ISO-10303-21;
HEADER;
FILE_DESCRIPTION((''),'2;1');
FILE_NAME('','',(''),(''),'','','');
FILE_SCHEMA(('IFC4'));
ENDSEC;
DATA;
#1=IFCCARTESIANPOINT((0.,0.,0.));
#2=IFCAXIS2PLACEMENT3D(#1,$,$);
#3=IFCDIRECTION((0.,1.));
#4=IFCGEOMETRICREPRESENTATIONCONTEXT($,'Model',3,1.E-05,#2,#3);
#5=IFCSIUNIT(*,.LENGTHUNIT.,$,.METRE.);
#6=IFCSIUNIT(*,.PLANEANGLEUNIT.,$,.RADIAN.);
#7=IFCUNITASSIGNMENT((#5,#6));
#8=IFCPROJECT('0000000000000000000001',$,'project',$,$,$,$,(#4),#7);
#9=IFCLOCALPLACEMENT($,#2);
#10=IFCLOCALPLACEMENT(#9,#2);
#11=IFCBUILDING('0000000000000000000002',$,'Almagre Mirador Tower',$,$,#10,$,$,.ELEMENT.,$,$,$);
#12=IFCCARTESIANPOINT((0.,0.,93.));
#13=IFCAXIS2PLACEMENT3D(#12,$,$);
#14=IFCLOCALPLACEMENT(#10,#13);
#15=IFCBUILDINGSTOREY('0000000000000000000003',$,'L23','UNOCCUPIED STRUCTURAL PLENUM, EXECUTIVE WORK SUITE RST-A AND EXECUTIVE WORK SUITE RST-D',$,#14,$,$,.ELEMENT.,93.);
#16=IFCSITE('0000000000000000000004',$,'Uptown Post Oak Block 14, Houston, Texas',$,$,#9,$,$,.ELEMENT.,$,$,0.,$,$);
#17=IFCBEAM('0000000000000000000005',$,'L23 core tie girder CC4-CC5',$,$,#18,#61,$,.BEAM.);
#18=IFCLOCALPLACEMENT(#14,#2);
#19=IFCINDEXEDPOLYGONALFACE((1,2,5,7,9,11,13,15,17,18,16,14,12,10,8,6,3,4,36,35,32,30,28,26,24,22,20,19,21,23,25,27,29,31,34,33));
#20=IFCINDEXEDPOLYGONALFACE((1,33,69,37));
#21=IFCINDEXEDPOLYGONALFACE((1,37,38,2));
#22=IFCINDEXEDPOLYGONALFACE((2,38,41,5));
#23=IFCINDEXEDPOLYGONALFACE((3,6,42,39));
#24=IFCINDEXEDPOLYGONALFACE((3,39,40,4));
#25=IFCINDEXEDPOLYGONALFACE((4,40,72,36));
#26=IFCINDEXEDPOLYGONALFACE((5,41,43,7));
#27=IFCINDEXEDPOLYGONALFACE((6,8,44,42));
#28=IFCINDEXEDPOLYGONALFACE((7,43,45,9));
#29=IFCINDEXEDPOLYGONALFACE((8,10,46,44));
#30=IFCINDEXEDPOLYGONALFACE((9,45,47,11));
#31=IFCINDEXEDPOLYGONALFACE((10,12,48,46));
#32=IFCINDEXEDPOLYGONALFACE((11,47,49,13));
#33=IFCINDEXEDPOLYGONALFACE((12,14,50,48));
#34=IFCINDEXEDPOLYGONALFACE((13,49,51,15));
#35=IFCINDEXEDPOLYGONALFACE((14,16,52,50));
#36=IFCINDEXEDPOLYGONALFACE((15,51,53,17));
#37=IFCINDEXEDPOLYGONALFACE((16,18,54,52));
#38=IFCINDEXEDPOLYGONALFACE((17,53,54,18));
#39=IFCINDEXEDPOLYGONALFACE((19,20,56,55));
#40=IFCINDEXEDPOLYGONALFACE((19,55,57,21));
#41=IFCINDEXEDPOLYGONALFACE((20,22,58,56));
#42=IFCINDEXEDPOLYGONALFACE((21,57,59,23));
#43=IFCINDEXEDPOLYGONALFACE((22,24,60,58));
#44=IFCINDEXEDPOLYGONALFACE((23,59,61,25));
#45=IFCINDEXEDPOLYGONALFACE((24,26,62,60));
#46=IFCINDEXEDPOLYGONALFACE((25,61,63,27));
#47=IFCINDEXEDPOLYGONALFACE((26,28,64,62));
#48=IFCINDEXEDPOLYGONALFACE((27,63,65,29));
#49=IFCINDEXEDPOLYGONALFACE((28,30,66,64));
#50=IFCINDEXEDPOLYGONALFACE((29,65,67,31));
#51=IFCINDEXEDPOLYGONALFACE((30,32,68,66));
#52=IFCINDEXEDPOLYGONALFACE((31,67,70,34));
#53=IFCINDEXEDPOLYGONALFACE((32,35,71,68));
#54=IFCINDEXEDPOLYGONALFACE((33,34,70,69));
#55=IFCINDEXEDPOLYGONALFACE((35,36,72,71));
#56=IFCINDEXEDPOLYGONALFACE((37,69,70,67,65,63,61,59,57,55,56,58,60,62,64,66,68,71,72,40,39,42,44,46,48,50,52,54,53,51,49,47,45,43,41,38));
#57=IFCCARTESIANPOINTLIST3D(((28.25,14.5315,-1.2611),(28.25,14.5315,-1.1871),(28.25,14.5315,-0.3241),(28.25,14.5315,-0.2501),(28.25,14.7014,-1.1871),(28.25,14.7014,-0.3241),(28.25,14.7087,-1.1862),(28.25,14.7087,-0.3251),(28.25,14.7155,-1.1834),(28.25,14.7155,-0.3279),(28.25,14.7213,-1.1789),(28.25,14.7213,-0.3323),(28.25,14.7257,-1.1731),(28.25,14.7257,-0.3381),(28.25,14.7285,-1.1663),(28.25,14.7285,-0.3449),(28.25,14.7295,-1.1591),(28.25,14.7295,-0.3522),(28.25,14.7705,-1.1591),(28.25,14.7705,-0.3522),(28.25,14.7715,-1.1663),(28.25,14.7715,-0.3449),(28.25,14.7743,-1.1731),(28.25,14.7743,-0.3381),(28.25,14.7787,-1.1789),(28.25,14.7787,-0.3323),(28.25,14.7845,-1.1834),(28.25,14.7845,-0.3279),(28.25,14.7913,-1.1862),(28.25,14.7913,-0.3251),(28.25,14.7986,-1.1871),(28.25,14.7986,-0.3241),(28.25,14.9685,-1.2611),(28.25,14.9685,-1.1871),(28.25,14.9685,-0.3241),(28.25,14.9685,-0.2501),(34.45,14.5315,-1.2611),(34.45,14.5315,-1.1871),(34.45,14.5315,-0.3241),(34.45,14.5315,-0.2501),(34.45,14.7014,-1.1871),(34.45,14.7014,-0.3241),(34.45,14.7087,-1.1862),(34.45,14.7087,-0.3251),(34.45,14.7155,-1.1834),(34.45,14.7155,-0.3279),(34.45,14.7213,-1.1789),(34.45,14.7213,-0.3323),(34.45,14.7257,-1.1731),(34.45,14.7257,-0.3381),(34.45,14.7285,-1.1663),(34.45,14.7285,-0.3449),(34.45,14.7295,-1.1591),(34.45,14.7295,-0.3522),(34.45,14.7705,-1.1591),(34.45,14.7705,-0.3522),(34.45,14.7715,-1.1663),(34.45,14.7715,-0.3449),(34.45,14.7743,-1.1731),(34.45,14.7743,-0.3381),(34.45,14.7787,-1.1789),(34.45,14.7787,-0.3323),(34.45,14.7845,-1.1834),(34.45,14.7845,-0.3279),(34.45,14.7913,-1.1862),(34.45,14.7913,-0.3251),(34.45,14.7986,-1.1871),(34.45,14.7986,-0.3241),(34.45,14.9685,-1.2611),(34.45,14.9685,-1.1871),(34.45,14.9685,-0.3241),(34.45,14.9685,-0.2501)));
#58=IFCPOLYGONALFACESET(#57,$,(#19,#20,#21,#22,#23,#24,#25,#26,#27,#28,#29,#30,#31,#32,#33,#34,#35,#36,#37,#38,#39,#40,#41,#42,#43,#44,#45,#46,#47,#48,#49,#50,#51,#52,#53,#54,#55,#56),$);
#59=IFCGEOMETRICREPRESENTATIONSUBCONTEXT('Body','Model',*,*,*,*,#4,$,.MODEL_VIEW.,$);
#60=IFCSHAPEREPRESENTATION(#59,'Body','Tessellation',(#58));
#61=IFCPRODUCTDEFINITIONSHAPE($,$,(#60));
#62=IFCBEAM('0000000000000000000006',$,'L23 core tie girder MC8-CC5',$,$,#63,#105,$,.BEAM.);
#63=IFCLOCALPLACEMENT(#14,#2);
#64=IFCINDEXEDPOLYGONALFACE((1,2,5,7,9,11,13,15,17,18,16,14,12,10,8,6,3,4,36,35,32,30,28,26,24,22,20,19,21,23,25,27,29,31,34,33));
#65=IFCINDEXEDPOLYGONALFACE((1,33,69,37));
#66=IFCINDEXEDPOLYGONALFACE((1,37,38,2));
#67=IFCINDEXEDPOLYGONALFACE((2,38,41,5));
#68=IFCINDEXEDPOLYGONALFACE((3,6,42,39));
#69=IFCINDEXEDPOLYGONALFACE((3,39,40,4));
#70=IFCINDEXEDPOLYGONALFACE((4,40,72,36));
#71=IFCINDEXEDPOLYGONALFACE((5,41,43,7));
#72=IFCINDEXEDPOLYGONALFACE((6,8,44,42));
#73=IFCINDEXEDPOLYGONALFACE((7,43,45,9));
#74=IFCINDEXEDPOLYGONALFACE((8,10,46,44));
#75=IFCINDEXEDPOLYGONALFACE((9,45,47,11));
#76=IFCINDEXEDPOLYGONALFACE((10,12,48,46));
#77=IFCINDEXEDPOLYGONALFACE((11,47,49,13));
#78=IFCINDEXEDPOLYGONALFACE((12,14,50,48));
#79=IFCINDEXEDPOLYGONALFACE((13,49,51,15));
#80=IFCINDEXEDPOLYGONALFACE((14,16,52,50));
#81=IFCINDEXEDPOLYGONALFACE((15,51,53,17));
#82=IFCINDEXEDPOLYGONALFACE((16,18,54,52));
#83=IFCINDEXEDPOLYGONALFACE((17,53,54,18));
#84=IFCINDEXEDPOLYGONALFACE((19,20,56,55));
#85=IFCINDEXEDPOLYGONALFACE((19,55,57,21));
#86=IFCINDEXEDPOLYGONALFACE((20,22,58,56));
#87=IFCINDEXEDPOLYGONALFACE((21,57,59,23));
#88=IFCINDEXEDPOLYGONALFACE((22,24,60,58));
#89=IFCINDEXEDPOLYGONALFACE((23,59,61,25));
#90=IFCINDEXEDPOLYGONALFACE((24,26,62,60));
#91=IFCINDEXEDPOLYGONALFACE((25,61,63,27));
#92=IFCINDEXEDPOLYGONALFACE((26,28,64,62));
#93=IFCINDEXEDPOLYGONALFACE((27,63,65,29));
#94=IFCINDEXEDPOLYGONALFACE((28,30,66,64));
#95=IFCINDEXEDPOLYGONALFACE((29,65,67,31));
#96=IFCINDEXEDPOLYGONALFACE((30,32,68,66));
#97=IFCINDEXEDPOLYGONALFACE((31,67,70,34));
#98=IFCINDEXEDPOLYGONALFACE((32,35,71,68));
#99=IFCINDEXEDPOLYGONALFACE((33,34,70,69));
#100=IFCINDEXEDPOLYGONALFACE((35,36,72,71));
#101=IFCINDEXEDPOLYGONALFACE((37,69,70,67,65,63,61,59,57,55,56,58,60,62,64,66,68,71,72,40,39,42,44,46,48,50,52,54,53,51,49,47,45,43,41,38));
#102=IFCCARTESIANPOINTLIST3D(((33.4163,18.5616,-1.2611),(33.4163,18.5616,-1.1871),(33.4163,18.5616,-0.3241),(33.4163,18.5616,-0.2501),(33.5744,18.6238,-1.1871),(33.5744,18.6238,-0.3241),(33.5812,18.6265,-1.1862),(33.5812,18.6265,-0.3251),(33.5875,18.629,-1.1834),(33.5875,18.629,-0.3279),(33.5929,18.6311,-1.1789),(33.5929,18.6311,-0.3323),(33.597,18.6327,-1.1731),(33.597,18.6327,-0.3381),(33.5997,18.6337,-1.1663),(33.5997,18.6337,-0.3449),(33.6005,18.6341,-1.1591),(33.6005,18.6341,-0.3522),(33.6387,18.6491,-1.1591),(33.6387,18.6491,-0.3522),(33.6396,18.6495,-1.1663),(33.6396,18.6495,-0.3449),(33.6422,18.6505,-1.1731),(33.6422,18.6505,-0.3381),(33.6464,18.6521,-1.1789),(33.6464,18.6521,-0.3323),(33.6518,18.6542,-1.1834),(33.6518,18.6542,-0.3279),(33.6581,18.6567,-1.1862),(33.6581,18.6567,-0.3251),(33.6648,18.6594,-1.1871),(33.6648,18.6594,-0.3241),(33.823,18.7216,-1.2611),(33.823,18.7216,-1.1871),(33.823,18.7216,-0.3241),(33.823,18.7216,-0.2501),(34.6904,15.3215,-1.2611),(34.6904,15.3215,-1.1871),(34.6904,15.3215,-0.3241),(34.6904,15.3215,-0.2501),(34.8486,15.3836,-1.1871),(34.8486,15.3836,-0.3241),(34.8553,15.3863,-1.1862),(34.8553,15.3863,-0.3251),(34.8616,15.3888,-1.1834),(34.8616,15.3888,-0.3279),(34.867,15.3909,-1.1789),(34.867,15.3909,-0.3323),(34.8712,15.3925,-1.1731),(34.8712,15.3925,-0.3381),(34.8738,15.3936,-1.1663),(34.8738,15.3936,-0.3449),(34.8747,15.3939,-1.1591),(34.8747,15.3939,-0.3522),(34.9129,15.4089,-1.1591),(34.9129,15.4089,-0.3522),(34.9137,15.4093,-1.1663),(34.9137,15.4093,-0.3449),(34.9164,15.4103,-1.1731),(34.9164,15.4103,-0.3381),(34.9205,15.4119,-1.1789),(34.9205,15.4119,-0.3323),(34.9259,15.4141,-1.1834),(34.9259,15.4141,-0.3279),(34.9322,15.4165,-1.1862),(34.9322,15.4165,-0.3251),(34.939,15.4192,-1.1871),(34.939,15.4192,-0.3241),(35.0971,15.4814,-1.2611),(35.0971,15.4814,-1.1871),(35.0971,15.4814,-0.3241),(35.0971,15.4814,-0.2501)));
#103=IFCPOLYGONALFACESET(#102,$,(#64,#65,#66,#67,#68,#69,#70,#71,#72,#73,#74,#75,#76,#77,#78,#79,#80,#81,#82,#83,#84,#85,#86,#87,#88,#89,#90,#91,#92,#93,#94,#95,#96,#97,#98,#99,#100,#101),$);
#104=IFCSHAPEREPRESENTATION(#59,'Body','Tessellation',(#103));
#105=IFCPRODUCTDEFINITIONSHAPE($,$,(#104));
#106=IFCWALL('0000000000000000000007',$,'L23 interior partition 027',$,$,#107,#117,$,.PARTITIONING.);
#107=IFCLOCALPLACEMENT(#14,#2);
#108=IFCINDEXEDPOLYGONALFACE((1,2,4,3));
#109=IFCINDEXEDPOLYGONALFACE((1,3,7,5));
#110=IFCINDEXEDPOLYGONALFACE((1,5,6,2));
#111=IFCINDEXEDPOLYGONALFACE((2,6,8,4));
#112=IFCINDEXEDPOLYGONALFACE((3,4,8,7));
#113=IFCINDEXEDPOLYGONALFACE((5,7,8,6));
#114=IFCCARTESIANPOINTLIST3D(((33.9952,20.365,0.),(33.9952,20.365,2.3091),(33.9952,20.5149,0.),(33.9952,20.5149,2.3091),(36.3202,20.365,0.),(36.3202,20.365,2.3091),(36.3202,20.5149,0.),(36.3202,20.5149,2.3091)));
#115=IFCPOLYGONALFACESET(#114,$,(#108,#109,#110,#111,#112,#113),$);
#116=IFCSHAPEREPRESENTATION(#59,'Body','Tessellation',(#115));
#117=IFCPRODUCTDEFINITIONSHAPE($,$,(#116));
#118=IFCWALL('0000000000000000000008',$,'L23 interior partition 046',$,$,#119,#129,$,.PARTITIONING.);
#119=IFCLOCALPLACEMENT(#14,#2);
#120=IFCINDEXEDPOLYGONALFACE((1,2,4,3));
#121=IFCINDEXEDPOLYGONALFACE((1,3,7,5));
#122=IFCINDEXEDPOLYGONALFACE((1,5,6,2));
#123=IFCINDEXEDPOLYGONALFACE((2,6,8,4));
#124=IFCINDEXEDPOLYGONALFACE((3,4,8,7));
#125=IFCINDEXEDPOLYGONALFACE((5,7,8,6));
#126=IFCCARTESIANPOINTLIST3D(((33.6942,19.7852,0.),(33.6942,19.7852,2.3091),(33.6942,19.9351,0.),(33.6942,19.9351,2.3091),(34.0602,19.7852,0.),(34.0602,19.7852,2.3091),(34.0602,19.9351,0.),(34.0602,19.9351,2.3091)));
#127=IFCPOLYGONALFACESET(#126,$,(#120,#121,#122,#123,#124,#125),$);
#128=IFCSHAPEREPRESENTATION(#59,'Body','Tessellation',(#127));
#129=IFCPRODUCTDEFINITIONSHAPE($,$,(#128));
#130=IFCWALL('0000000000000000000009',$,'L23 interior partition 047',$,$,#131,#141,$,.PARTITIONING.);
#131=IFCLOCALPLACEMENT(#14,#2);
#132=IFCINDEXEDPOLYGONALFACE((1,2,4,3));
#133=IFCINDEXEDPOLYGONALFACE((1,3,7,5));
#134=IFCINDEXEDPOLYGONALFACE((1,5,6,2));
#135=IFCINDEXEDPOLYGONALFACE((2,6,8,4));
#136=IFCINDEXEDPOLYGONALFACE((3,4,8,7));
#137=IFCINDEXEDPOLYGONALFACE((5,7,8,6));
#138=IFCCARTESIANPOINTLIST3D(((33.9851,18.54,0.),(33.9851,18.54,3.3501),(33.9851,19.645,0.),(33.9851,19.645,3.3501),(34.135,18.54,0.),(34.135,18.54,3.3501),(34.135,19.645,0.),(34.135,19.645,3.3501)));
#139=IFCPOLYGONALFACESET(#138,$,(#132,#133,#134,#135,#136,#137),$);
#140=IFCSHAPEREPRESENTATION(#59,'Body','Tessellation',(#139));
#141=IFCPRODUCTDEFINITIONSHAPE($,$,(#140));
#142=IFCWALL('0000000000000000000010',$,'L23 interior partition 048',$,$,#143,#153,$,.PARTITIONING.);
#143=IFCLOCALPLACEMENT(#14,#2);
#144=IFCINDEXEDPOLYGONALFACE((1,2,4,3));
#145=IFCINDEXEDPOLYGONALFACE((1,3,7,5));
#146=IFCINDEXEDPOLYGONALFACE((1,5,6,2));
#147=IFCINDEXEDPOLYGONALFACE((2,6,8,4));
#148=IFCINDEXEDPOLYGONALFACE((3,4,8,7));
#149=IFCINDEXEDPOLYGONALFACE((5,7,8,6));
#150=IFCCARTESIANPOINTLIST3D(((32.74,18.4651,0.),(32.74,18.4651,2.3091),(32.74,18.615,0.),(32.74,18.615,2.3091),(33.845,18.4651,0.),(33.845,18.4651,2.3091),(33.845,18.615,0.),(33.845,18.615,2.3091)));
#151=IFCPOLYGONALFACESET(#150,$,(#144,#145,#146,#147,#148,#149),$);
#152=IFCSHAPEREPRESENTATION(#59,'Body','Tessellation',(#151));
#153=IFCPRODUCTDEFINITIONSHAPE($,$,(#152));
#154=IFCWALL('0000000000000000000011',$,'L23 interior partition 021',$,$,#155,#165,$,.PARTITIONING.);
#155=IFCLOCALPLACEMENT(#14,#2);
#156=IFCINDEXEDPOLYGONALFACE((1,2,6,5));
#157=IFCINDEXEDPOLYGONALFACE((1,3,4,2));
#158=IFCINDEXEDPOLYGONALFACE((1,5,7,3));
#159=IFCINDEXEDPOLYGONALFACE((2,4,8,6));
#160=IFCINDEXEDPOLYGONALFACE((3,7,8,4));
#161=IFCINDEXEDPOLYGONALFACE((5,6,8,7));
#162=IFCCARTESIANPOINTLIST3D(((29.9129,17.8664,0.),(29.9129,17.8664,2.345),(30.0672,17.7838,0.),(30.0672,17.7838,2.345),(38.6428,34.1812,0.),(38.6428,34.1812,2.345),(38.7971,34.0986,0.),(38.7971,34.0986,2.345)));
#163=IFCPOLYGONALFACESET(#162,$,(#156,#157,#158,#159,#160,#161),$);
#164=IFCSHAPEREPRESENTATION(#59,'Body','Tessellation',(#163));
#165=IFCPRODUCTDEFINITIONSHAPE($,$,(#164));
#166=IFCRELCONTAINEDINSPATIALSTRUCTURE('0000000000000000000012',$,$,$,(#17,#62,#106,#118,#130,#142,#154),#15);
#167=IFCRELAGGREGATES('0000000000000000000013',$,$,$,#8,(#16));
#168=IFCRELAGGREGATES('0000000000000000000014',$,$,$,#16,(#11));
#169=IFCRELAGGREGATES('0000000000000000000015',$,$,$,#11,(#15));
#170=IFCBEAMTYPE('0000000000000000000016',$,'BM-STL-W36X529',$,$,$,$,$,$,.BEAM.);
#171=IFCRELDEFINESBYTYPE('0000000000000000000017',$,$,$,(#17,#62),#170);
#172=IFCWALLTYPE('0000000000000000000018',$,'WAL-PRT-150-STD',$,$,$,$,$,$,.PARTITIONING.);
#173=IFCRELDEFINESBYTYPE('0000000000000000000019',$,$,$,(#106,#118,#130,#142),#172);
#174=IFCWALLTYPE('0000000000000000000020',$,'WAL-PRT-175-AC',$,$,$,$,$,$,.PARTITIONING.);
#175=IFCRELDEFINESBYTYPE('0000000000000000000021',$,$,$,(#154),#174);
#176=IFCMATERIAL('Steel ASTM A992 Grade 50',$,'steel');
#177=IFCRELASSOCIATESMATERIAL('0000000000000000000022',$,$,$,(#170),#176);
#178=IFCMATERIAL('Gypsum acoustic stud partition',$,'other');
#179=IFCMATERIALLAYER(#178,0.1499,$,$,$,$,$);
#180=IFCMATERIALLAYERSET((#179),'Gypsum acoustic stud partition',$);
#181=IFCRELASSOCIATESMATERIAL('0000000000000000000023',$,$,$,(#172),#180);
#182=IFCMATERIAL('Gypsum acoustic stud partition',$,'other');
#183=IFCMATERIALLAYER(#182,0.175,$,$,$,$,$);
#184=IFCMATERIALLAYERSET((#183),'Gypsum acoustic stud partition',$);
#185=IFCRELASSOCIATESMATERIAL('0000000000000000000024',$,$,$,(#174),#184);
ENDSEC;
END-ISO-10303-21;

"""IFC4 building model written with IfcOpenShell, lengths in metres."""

from ifc_helpers import new_model, si_unit, direction, frame, frame_2d, origin, origin_2d, place, context, subcontext, project, spatial, rectangle, i_section, extrude, material, layer, layer_set, material_profile, profile_set, type_object, element, save


model = new_model("IFC4")

# Units and contexts
model_context = context("Model", 3, precision=1e-05, world=origin(), true_north=direction((0.0, 1.0)))
body_context = subcontext(model_context, "Body", "Model", "MODEL_VIEW")
ifc_project = project(units=[si_unit("LENGTHUNIT", "METRE"), si_unit("PLANEANGLEUNIT", "RADIAN")], contexts=[model_context])

# Site, building, storey
site_placement = place(None, origin())
site = spatial("IfcSite", under=ifc_project, at=site_placement, Name="Uptown Post Oak Block 14, Houston, Texas", CompositionType="ELEMENT", RefElevation=0.0)
building_placement = place(site_placement, origin())
building = spatial("IfcBuilding", under=site, at=building_placement, Name="Almagre Mirador Tower", CompositionType="ELEMENT")
storey_placement = place(building_placement, frame((0.0, 0.0, 93.0)))
storey = spatial("IfcBuildingStorey", under=building, at=storey_placement, Name="L23", Description="UNOCCUPIED STRUCTURAL PLENUM, EXECUTIVE WORK SUITE RST-A AND EXECUTIVE WORK SUITE RST-D", CompositionType="ELEMENT", Elevation=93.0)

# Beams
ifc_material_1 = material(Name="Steel ASTM A992 Grade 50", Category="steel")
ifc_material_profile_1 = material_profile(ifc_material_1, i_section(OverallWidth=0.437, OverallDepth=1.011, WebThickness=0.041, FlangeThickness=0.074, FilletRadius=0.0281, at=origin_2d()), Name="W36X529")
ifc_profile_set_1 = profile_set([ifc_material_profile_1], Name="Steel ASTM A992 Grade 50")
beam_type_1 = type_object("IfcBeamType", Name="BM-STL-W36X529", PredefinedType="BEAM", material=ifc_profile_set_1)
beam_1_placement = place(storey_placement, frame((28.25, 14.75, -0.7556), z_axis=(1.0, 0.0, 0.0), x_axis=(0.0, 1.0, 0.0)))
element("IfcBeam", 1, at=beam_1_placement, inside=storey, type_object=beam_type_1, Name="L23 core tie girder CC4-CC5", PredefinedType="BEAM", context=body_context, shape_type="SweptSolid", body=[
    extrude(i_section(OverallWidth=0.437, OverallDepth=1.011, WebThickness=0.041, FlangeThickness=0.074, FilletRadius=0.0281, at=origin_2d()), origin(), (0.0, 0.0, 1.0), 6.2),
])
beam_2_placement = place(storey_placement, frame((33.6196, 18.6416, -0.7556), z_axis=(0.365956, -0.930632, 0.0), x_axis=(0.930632, 0.365956, 0.0)))
element("IfcBeam", 2, at=beam_2_placement, inside=storey, type_object=beam_type_1, Name="L23 core tie girder MC8-CC5", PredefinedType="BEAM", context=body_context, shape_type="SweptSolid", body=[
    extrude(i_section(OverallWidth=0.437, OverallDepth=1.011, WebThickness=0.041, FlangeThickness=0.074, FilletRadius=0.0281, at=origin_2d()), origin(), (0.0, 0.0, 1.0), 3.4817),
])

# Walls
ifc_material_2 = material(Name="Gypsum acoustic stud partition", Category="other")
ifc_layer_1 = layer(ifc_material_2, 0.1499)
ifc_layer_set_1 = layer_set([ifc_layer_1], Name="Gypsum acoustic stud partition")
wall_type_1 = type_object("IfcWallType", Name="WAL-PRT-150-STD", PredefinedType="PARTITIONING", material=ifc_layer_set_1)
wall_1_placement = place(storey_placement, frame((33.9951, 20.4399, 0.0), z_axis=(0.0, 0.0, 1.0), x_axis=(1.0, 0.0, 0.0)))
element("IfcWall", 3, at=wall_1_placement, inside=storey, type_object=wall_type_1, Name="L23 interior partition 027", PredefinedType="PARTITIONING", context=body_context, shape_type="SweptSolid", body=[
    extrude(rectangle(XDim=2.325, YDim=0.1499, at=frame_2d((1.1626, 0.0))), origin(), (0.0, 0.0, 1.0), 2.3091),
])
wall_2_placement = place(storey_placement, frame((33.6941, 19.8601, 0.0), z_axis=(0.0, 0.0, 1.0), x_axis=(1.0, 0.0, 0.0)))
element("IfcWall", 4, at=wall_2_placement, inside=storey, type_object=wall_type_1, Name="L23 interior partition 046", PredefinedType="PARTITIONING", context=body_context, shape_type="SweptSolid", body=[
    extrude(rectangle(XDim=0.366, YDim=0.1499, at=frame_2d((0.1831, 0.0))), origin(), (0.0, 0.0, 1.0), 2.3091),
])
wall_3_placement = place(storey_placement, frame((34.0601, 19.645, 0.0), z_axis=(0.0, 0.0, 1.0), x_axis=(0.0, -1.0, 0.0)))
element("IfcWall", 5, at=wall_3_placement, inside=storey, type_object=wall_type_1, Name="L23 interior partition 047", PredefinedType="PARTITIONING", context=body_context, shape_type="SweptSolid", body=[
    extrude(rectangle(XDim=1.105, YDim=0.1499, at=frame_2d((0.5525, 0.0))), origin(), (0.0, 0.0, 1.0), 3.3501),
])
wall_4_placement = place(storey_placement, frame((33.845, 18.54, 0.0), z_axis=(0.0, 0.0, 1.0), x_axis=(-1.0, 0.0, 0.0)))
element("IfcWall", 6, at=wall_4_placement, inside=storey, type_object=wall_type_1, Name="L23 interior partition 048", PredefinedType="PARTITIONING", context=body_context, shape_type="SweptSolid", body=[
    extrude(rectangle(XDim=1.105, YDim=0.1499, at=frame_2d((0.5525, 0.0))), origin(), (0.0, 0.0, 1.0), 2.3091),
])
ifc_material_3 = material(Name="Gypsum acoustic stud partition", Category="other")
ifc_layer_2 = layer(ifc_material_3, 0.175)
ifc_layer_set_2 = layer_set([ifc_layer_2], Name="Gypsum acoustic stud partition")
wall_type_2 = type_object("IfcWallType", Name="WAL-PRT-175-AC", PredefinedType="PARTITIONING", material=ifc_layer_set_2)
wall_5_placement = place(storey_placement, frame((29.99, 17.825, 0.0), z_axis=(0.0, 0.0, 1.0), x_axis=(0.471794, 0.881709, 0.0)))
element("IfcWall", 7, at=wall_5_placement, inside=storey, type_object=wall_type_2, Name="L23 interior partition 021", PredefinedType="PARTITIONING", context=body_context, shape_type="SweptSolid", body=[
    extrude(rectangle(XDim=18.5037, YDim=0.175, at=frame_2d((9.252, 0.0))), origin(), (0.0, 0.0, 1.0), 2.345),
])

save(model, "model.ifc")
